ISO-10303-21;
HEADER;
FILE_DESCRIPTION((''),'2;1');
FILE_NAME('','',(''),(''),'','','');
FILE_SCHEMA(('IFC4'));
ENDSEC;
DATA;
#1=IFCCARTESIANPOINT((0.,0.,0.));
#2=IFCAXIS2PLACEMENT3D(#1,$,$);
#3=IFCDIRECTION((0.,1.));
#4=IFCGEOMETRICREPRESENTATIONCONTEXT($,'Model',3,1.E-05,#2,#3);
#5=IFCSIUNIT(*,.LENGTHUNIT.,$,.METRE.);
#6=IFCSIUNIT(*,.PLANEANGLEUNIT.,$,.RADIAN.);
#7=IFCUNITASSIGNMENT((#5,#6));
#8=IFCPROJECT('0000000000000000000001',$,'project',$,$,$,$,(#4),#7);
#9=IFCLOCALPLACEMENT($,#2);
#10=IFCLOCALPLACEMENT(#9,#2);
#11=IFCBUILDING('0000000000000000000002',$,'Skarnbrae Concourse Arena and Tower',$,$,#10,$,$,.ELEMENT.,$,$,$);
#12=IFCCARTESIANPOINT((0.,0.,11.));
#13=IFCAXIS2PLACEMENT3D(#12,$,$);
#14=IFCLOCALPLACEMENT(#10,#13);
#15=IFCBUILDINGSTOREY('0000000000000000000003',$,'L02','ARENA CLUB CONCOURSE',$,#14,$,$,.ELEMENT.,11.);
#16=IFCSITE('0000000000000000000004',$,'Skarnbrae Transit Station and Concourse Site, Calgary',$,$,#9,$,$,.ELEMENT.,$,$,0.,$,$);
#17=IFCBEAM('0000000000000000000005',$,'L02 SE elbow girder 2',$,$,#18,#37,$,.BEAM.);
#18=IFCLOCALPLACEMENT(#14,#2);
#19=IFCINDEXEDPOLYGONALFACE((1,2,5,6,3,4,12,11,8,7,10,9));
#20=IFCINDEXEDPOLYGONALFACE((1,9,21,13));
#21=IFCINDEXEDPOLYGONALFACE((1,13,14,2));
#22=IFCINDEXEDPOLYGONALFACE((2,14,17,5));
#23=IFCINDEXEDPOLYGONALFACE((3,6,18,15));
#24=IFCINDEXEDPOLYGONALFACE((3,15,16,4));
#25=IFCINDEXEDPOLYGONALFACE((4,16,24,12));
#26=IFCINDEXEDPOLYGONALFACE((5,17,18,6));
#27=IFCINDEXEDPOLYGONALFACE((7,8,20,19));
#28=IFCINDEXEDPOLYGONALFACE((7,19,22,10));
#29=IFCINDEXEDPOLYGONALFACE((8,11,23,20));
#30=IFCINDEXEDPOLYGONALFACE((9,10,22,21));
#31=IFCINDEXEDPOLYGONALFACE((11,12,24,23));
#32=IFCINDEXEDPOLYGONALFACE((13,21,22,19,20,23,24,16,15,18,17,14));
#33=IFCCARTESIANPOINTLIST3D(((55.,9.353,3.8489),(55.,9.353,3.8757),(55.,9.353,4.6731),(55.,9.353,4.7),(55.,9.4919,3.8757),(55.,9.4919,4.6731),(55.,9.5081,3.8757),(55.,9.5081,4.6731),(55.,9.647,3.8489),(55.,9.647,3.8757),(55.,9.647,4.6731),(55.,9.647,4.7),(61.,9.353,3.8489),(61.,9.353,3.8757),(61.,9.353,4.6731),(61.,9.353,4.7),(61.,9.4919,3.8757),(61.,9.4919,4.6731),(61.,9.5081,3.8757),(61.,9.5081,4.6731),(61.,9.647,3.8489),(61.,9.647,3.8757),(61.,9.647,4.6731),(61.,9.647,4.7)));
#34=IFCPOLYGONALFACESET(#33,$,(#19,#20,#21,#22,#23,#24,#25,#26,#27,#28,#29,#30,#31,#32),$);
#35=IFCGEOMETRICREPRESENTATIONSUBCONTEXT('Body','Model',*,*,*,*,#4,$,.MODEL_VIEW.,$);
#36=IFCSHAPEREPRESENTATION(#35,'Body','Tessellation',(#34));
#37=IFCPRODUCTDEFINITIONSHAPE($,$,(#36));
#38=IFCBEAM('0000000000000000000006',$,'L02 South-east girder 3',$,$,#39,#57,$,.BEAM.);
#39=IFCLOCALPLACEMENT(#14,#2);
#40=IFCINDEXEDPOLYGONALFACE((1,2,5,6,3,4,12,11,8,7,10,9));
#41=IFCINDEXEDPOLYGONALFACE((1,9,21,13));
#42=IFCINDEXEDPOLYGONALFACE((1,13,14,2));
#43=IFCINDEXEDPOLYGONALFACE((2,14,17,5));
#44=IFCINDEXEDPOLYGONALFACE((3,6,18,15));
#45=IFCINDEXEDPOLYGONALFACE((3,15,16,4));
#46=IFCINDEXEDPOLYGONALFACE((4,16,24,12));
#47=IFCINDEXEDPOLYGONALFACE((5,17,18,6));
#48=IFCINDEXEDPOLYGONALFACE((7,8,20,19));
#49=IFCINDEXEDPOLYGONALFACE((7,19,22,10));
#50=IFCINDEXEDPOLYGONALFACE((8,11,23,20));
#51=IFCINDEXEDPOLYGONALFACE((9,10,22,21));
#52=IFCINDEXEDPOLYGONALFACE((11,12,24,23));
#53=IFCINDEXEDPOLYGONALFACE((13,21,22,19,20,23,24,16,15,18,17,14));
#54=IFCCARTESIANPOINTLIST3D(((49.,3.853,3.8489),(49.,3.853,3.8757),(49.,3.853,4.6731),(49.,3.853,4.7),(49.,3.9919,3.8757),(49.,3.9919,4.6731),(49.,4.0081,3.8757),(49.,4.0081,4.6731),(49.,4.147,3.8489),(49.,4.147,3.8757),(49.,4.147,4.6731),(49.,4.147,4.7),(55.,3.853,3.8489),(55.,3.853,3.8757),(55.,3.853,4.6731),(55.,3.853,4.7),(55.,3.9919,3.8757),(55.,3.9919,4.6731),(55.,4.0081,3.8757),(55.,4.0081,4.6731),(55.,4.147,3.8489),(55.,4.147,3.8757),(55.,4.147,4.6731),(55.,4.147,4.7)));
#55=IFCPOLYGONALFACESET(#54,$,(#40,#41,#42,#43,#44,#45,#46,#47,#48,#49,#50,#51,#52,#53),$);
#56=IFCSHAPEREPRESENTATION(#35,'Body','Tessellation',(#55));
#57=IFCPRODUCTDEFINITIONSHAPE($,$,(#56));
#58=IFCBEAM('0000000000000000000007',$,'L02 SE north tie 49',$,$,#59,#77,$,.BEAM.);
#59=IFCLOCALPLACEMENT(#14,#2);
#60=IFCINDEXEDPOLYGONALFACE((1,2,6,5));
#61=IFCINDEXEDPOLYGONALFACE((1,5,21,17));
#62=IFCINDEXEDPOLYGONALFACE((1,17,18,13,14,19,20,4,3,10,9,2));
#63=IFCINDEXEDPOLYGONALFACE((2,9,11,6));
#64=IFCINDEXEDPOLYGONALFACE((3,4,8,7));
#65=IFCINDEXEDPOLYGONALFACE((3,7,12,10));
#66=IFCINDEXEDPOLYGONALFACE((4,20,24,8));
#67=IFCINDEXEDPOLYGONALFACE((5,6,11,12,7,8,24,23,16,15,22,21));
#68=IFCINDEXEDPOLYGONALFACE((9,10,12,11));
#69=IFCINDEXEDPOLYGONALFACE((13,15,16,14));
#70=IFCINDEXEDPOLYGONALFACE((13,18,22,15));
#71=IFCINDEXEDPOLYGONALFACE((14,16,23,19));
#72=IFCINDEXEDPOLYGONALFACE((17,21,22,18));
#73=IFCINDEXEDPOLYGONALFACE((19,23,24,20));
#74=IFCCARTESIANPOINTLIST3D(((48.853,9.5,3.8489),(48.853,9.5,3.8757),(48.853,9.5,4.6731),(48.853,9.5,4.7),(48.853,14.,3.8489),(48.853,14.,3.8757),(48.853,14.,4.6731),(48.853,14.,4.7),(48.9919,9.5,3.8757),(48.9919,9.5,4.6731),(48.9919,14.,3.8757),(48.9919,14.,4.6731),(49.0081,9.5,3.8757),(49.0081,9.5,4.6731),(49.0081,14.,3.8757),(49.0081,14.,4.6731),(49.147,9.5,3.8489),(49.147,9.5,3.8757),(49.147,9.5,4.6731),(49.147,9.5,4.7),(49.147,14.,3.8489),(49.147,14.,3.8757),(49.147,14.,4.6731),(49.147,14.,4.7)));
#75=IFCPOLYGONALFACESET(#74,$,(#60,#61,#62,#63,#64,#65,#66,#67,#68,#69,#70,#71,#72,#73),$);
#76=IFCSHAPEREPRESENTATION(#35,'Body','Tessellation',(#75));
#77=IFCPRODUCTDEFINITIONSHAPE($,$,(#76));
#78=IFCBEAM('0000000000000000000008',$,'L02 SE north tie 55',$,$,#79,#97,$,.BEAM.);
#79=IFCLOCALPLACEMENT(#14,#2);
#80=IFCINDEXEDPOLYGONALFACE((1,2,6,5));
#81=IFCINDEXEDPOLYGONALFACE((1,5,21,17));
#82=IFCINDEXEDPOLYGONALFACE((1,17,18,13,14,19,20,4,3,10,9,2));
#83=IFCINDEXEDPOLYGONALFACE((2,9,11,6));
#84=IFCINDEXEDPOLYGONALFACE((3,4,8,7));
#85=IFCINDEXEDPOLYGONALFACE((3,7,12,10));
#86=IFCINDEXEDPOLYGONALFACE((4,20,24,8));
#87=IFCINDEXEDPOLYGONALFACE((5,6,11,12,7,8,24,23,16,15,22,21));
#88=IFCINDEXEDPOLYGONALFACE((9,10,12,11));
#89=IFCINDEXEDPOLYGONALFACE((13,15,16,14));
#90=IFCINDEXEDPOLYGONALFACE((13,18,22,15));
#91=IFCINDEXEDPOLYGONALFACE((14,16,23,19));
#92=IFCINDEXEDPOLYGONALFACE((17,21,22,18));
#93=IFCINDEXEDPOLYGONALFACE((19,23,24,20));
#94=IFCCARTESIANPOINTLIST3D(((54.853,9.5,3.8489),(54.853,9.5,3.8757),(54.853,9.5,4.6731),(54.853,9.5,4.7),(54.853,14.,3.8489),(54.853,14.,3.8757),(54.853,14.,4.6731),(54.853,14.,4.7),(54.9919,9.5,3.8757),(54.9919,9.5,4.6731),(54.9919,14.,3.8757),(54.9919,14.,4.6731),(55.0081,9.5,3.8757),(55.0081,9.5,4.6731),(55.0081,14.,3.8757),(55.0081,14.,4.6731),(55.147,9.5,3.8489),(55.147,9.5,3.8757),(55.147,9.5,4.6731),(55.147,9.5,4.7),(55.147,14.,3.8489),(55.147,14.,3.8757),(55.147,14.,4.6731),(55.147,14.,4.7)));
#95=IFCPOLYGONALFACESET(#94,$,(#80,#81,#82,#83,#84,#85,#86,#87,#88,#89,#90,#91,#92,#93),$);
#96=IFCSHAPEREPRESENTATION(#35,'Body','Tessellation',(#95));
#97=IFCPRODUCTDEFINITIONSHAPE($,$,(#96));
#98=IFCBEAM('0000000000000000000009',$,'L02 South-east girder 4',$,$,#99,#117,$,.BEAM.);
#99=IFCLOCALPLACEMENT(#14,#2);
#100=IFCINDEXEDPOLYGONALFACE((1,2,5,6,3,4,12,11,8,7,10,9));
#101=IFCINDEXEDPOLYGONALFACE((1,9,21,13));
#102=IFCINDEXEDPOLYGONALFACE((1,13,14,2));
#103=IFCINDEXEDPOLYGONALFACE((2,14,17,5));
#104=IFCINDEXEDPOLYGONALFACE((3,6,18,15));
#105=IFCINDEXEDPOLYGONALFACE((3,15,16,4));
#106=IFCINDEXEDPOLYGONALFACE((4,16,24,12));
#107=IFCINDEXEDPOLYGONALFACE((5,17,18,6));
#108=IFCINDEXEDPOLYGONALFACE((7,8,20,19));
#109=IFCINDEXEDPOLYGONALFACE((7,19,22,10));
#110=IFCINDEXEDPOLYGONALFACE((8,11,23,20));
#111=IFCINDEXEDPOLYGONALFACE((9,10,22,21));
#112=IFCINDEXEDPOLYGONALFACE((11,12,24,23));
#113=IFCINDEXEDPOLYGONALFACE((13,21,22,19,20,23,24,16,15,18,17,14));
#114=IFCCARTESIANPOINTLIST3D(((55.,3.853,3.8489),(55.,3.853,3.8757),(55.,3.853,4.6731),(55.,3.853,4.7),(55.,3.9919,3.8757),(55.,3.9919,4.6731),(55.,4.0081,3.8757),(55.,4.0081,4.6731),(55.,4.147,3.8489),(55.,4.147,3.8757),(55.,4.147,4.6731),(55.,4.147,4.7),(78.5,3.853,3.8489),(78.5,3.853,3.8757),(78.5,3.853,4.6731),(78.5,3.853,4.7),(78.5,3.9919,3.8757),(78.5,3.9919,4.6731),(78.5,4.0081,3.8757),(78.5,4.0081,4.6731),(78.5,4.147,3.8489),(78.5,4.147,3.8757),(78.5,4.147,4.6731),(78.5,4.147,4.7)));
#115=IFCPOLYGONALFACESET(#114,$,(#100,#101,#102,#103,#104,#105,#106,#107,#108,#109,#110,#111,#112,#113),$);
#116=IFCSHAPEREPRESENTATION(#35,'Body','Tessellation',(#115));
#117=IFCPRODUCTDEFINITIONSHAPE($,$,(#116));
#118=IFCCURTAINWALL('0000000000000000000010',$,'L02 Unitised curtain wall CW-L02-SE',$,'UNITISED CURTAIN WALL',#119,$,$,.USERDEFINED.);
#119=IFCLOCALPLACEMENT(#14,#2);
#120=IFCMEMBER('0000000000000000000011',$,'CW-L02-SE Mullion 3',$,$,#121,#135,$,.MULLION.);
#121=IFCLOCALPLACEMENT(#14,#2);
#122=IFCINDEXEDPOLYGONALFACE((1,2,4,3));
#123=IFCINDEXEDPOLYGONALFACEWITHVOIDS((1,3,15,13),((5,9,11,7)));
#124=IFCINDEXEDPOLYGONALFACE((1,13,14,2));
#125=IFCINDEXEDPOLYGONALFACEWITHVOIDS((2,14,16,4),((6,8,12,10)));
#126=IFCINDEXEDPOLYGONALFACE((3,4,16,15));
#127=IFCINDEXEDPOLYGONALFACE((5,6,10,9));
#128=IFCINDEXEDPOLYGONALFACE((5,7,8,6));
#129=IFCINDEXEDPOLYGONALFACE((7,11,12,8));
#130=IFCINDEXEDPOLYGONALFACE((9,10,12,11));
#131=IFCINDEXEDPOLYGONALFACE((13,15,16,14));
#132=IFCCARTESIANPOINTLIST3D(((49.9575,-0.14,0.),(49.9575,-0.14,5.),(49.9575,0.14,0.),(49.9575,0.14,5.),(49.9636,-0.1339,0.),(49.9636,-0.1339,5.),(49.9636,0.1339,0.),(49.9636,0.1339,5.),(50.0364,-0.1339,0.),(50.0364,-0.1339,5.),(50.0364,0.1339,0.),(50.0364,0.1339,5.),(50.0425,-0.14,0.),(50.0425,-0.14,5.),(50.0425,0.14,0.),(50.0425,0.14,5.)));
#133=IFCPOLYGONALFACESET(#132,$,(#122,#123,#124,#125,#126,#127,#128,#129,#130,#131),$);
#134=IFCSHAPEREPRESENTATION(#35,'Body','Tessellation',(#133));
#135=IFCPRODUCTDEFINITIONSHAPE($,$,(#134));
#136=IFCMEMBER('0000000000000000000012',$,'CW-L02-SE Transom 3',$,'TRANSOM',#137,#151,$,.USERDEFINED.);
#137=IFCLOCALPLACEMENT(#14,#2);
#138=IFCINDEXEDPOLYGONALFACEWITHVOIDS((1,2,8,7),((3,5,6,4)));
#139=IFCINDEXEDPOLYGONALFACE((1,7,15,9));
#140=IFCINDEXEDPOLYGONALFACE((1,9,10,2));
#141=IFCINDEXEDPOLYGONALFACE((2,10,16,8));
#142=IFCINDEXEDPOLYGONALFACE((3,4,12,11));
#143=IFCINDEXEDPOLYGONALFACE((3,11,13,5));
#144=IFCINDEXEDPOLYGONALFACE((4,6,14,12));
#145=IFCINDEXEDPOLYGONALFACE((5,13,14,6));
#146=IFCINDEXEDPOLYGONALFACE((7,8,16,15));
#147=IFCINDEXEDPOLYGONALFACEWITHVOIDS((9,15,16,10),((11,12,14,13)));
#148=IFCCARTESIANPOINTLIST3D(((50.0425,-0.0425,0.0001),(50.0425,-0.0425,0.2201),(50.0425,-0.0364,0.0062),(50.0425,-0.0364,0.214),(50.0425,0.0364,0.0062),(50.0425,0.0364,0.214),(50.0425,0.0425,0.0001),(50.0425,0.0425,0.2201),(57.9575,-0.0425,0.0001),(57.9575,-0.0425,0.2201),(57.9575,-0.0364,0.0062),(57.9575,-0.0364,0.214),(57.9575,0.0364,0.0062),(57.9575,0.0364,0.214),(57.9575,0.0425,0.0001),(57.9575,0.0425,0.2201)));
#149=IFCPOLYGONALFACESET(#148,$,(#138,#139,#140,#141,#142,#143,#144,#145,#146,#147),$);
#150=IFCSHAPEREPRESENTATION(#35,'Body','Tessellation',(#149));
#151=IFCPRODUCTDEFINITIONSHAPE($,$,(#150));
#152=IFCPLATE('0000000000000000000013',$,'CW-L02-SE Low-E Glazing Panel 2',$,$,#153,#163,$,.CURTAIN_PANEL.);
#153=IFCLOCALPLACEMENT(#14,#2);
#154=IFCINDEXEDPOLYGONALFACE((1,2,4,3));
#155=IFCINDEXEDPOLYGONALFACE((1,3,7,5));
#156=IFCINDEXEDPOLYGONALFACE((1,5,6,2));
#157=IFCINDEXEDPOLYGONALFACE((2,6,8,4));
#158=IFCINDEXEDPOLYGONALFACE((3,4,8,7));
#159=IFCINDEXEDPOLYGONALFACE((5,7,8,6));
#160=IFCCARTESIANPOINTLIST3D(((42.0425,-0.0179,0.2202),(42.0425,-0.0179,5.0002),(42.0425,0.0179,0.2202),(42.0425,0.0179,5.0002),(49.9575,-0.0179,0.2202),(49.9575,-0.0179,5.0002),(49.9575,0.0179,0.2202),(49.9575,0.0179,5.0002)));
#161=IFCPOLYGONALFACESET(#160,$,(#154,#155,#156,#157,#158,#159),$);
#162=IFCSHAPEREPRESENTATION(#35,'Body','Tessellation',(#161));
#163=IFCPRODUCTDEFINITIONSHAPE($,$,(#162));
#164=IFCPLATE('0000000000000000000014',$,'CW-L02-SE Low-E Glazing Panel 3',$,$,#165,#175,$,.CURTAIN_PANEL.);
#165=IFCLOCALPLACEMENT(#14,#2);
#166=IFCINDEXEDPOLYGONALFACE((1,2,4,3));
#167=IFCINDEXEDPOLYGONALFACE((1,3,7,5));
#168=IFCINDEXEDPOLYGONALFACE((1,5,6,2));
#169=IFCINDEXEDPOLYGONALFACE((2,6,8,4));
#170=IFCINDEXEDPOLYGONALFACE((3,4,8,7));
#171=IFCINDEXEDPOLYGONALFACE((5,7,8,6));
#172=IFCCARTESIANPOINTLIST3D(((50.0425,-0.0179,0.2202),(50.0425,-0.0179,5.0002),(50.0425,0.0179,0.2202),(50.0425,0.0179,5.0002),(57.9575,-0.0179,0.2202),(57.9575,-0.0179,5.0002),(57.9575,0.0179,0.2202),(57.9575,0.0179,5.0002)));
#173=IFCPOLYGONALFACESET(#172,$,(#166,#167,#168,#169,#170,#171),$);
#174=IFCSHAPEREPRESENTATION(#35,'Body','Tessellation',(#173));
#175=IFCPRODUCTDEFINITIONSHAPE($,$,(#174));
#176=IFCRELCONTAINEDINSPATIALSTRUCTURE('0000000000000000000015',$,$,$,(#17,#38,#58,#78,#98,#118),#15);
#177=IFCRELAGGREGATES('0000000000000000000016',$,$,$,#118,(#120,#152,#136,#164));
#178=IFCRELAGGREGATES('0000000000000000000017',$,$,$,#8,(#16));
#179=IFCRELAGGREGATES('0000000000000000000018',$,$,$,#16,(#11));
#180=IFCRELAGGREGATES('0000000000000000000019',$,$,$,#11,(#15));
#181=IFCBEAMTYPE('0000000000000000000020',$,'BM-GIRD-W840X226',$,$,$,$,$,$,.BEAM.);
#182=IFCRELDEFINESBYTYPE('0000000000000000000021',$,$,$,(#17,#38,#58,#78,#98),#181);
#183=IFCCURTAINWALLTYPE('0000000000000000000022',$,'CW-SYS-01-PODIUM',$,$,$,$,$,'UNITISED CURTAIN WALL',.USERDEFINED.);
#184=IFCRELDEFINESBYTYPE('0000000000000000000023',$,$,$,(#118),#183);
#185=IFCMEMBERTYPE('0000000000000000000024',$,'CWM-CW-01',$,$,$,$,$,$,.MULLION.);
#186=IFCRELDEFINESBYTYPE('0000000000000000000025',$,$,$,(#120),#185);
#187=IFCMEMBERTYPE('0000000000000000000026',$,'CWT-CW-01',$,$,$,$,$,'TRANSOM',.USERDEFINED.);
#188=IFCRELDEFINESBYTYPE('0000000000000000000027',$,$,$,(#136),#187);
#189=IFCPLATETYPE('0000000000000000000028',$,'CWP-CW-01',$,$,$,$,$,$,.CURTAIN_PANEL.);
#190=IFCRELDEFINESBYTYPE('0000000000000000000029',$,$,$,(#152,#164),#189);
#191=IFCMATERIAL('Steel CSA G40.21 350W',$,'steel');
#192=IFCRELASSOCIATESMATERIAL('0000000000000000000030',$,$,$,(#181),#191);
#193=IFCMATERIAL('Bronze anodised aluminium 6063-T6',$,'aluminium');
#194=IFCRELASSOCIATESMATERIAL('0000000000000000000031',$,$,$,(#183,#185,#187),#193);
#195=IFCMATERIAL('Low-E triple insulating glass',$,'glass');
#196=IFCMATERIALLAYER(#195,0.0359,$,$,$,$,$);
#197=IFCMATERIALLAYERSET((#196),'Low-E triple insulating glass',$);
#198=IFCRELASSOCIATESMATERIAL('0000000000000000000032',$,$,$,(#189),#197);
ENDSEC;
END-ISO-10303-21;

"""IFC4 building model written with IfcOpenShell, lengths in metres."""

from ifc_helpers import new_model, si_unit, direction, frame, origin, origin_2d, place, context, subcontext, project, spatial, rectangle, hollow_rectangle, i_section, extrude, source, transform, mapped, material, layer, layer_set, material_profile, profile_set, type_object, element, aggregate, save


model = new_model("IFC4")

# Units and contexts
model_context = context("Model", 3, precision=1e-05, world=origin(), true_north=direction((0.0, 1.0)))
body_context = subcontext(model_context, "Body", "Model", "MODEL_VIEW")
ifc_project = project(units=[si_unit("LENGTHUNIT", "METRE"), si_unit("PLANEANGLEUNIT", "RADIAN")], contexts=[model_context])

# Site, building, storey
site_placement = place(None, origin())
site = spatial("IfcSite", under=ifc_project, at=site_placement, Name="Skarnbrae Transit Station and Concourse Site, Calgary", CompositionType="ELEMENT", RefElevation=0.0)
building_placement = place(site_placement, origin())
building = spatial("IfcBuilding", under=site, at=building_placement, Name="Skarnbrae Concourse Arena and Tower", CompositionType="ELEMENT")
storey_placement = place(building_placement, frame((0.0, 0.0, 11.0)))
storey = spatial("IfcBuildingStorey", under=building, at=storey_placement, Name="L02", Description="ARENA CLUB CONCOURSE", CompositionType="ELEMENT", Elevation=11.0)

# Shared definitions
ifc_material_1 = material(Name="Steel CSA G40.21 350W", Category="steel")

# Beams
ifc_material_profile_1 = material_profile(ifc_material_1, i_section(OverallWidth=0.2939, OverallDepth=0.8511, WebThickness=0.0161, FlangeThickness=0.0269, at=origin_2d()), Name="W840X226")
ifc_profile_set_1 = profile_set([ifc_material_profile_1], Name="Steel CSA G40.21 350W")
beam_type = type_object("IfcBeamType", Name="BM-GIRD-W840X226", PredefinedType="BEAM", material=ifc_profile_set_1)
shared_shape_1 = source(origin(), body_context, "Body", "SweptSolid", [
    extrude(i_section(OverallWidth=0.2939, OverallDepth=0.8511, WebThickness=0.0161, FlangeThickness=0.0269, at=origin_2d()), origin(), (0.0, 0.0, 1.0), 6.0),
])
for number, where, z_axis, x_axis, name in (
    (1, (55.0, 9.5, 4.2744), (1.0, 0.0, 0.0), (0.0, 1.0, 0.0), "L02 SE elbow girder 2"),
    (2, (49.0, 4.0, 4.2744), (1.0, 0.0, 0.0), (0.0, 1.0, 0.0), "L02 South-east girder 3"),
):
    element("IfcBeam", number, at=place(storey_placement, frame(where, z_axis=z_axis, x_axis=x_axis)), inside=storey, type_object=beam_type, Name=name, PredefinedType="BEAM", context=body_context, shape_type="MappedRepresentation", body=[
        mapped(shared_shape_1, transform((0.0, 0.0, 0.0))),
    ])
shared_shape_2 = source(origin(), body_context, "Body", "SweptSolid", [
    extrude(i_section(OverallWidth=0.2939, OverallDepth=0.8511, WebThickness=0.0161, FlangeThickness=0.0269, at=origin_2d()), origin(), (0.0, 0.0, 1.0), 4.5),
])
for number, where, z_axis, x_axis, name in (
    (3, (49.0, 9.5, 4.2744), (0.0, 1.0, 0.0), (-1.0, 0.0, 0.0), "L02 SE north tie 49"),
    (4, (55.0, 9.5, 4.2744), (0.0, 1.0, 0.0), (-1.0, 0.0, 0.0), "L02 SE north tie 55"),
):
    element("IfcBeam", number, at=place(storey_placement, frame(where, z_axis=z_axis, x_axis=x_axis)), inside=storey, type_object=beam_type, Name=name, PredefinedType="BEAM", context=body_context, shape_type="MappedRepresentation", body=[
        mapped(shared_shape_2, transform((0.0, 0.0, 0.0))),
    ])
shared_shape_3 = source(origin(), body_context, "Body", "SweptSolid", [
    extrude(i_section(OverallWidth=0.2939, OverallDepth=0.8511, WebThickness=0.0161, FlangeThickness=0.0269, at=origin_2d()), origin(), (0.0, 0.0, 1.0), 23.5),
])
beam_placement = place(storey_placement, frame((55.0, 4.0, 4.2744), z_axis=(1.0, 0.0, 0.0), x_axis=(0.0, 1.0, 0.0)))
element("IfcBeam", 5, at=beam_placement, inside=storey, type_object=beam_type, Name="L02 South-east girder 4", PredefinedType="BEAM", context=body_context, shape_type="MappedRepresentation", body=[
    mapped(shared_shape_3, transform((0.0, 0.0, 0.0))),
])

# Curtain wall, members, plates
ifc_material_2 = material(Name="Bronze anodised aluminium 6063-T6", Category="aluminium")
curtain_wall_type = type_object("IfcCurtainWallType", Name="CW-SYS-01-PODIUM", ElementType="UNITISED CURTAIN WALL", PredefinedType="USERDEFINED", material=ifc_material_2)
curtain_wall_placement = place(storey_placement, origin())
curtain_wall = element("IfcCurtainWall", 6, at=curtain_wall_placement, inside=storey, type_object=curtain_wall_type, Name="L02 Unitised curtain wall CW-L02-SE", ObjectType="UNITISED CURTAIN WALL", PredefinedType="USERDEFINED")
ifc_material_profile_2 = material_profile(ifc_material_2, hollow_rectangle(XDim=0.085, YDim=0.28, WallThickness=0.0061, at=origin_2d()), Name="ALU-MULL-85X280")
ifc_profile_set_2 = profile_set([ifc_material_profile_2], Name="Bronze anodised aluminium 6063-T6")
member_type_1 = type_object("IfcMemberType", Name="CWM-CW-01", PredefinedType="MULLION", material=ifc_profile_set_2)
shared_shape_4 = source(origin(), body_context, "Body", "SweptSolid", [
    extrude(hollow_rectangle(XDim=0.085, YDim=0.28, WallThickness=0.0061, at=origin_2d()), origin(), (0.0, 0.0, 1.0), 5.0),
])
member_1_placement = place(storey_placement, frame((50.0, 0.0, 0.0), z_axis=(0.0, 0.0, 1.0), x_axis=(1.0, 0.0, 0.0)))
member_1 = element("IfcMember", 7, at=member_1_placement, type_object=member_type_1, Name="CW-L02-SE Mullion 3", PredefinedType="MULLION", context=body_context, shape_type="MappedRepresentation", body=[
    mapped(shared_shape_4, transform((0.0, 0.0, 0.0))),
])
ifc_material_profile_3 = material_profile(ifc_material_2, hollow_rectangle(XDim=0.085, YDim=0.22, WallThickness=0.0061, at=origin_2d()), Name="ALU-TRAN-85X220")
ifc_profile_set_3 = profile_set([ifc_material_profile_3], Name="Bronze anodised aluminium 6063-T6")
member_type_2 = type_object("IfcMemberType", Name="CWT-CW-01", ElementType="TRANSOM", PredefinedType="USERDEFINED", material=ifc_profile_set_3)
shared_shape_5 = source(origin(), body_context, "Body", "SweptSolid", [
    extrude(hollow_rectangle(XDim=0.085, YDim=0.22, WallThickness=0.0061, at=origin_2d()), origin(), (0.0, 0.0, 1.0), 7.915),
])
member_2_placement = place(storey_placement, frame((50.0425, 0.0, 0.1101), z_axis=(1.0, 0.0, 0.0), x_axis=(0.0, 1.0, 0.0)))
member_2 = element("IfcMember", 8, at=member_2_placement, type_object=member_type_2, Name="CW-L02-SE Transom 3", ObjectType="TRANSOM", PredefinedType="USERDEFINED", context=body_context, shape_type="MappedRepresentation", body=[
    mapped(shared_shape_5, transform((0.0, 0.0, 0.0))),
])
ifc_material_3 = material(Name="Low-E triple insulating glass", Category="glass")
ifc_layer_1 = layer(ifc_material_3, 0.0359)
ifc_layer_set_1 = layer_set([ifc_layer_1], Name="Low-E triple insulating glass")
plate_type = type_object("IfcPlateType", Name="CWP-CW-01", PredefinedType="CURTAIN_PANEL", material=ifc_layer_set_1)
shared_shape_6 = source(origin(), body_context, "Body", "SweptSolid", [
    extrude(rectangle(XDim=7.915, YDim=0.0359, at=origin_2d()), origin(), (0.0, 0.0, 1.0), 4.78),
])
plate_1_placement = place(storey_placement, frame((46.0, 0.0, 0.2202), z_axis=(0.0, 0.0, 1.0), x_axis=(1.0, 0.0, 0.0)))
plate_1 = element("IfcPlate", 9, at=plate_1_placement, type_object=plate_type, Name="CW-L02-SE Low-E Glazing Panel 2", PredefinedType="CURTAIN_PANEL", context=body_context, shape_type="MappedRepresentation", body=[
    mapped(shared_shape_6, transform((0.0, 0.0, 0.0))),
])
plate_2_placement = place(storey_placement, frame((54.0, 0.0, 0.2202), z_axis=(0.0, 0.0, 1.0), x_axis=(1.0, 0.0, 0.0)))
plate_2 = element("IfcPlate", 10, at=plate_2_placement, type_object=plate_type, Name="CW-L02-SE Low-E Glazing Panel 3", PredefinedType="CURTAIN_PANEL", context=body_context, shape_type="MappedRepresentation", body=[
    mapped(shared_shape_6, transform((0.0, 0.0, 0.0))),
])
aggregate(curtain_wall, [member_1, plate_1, member_2, plate_2])

save(model, "model.ifc")
